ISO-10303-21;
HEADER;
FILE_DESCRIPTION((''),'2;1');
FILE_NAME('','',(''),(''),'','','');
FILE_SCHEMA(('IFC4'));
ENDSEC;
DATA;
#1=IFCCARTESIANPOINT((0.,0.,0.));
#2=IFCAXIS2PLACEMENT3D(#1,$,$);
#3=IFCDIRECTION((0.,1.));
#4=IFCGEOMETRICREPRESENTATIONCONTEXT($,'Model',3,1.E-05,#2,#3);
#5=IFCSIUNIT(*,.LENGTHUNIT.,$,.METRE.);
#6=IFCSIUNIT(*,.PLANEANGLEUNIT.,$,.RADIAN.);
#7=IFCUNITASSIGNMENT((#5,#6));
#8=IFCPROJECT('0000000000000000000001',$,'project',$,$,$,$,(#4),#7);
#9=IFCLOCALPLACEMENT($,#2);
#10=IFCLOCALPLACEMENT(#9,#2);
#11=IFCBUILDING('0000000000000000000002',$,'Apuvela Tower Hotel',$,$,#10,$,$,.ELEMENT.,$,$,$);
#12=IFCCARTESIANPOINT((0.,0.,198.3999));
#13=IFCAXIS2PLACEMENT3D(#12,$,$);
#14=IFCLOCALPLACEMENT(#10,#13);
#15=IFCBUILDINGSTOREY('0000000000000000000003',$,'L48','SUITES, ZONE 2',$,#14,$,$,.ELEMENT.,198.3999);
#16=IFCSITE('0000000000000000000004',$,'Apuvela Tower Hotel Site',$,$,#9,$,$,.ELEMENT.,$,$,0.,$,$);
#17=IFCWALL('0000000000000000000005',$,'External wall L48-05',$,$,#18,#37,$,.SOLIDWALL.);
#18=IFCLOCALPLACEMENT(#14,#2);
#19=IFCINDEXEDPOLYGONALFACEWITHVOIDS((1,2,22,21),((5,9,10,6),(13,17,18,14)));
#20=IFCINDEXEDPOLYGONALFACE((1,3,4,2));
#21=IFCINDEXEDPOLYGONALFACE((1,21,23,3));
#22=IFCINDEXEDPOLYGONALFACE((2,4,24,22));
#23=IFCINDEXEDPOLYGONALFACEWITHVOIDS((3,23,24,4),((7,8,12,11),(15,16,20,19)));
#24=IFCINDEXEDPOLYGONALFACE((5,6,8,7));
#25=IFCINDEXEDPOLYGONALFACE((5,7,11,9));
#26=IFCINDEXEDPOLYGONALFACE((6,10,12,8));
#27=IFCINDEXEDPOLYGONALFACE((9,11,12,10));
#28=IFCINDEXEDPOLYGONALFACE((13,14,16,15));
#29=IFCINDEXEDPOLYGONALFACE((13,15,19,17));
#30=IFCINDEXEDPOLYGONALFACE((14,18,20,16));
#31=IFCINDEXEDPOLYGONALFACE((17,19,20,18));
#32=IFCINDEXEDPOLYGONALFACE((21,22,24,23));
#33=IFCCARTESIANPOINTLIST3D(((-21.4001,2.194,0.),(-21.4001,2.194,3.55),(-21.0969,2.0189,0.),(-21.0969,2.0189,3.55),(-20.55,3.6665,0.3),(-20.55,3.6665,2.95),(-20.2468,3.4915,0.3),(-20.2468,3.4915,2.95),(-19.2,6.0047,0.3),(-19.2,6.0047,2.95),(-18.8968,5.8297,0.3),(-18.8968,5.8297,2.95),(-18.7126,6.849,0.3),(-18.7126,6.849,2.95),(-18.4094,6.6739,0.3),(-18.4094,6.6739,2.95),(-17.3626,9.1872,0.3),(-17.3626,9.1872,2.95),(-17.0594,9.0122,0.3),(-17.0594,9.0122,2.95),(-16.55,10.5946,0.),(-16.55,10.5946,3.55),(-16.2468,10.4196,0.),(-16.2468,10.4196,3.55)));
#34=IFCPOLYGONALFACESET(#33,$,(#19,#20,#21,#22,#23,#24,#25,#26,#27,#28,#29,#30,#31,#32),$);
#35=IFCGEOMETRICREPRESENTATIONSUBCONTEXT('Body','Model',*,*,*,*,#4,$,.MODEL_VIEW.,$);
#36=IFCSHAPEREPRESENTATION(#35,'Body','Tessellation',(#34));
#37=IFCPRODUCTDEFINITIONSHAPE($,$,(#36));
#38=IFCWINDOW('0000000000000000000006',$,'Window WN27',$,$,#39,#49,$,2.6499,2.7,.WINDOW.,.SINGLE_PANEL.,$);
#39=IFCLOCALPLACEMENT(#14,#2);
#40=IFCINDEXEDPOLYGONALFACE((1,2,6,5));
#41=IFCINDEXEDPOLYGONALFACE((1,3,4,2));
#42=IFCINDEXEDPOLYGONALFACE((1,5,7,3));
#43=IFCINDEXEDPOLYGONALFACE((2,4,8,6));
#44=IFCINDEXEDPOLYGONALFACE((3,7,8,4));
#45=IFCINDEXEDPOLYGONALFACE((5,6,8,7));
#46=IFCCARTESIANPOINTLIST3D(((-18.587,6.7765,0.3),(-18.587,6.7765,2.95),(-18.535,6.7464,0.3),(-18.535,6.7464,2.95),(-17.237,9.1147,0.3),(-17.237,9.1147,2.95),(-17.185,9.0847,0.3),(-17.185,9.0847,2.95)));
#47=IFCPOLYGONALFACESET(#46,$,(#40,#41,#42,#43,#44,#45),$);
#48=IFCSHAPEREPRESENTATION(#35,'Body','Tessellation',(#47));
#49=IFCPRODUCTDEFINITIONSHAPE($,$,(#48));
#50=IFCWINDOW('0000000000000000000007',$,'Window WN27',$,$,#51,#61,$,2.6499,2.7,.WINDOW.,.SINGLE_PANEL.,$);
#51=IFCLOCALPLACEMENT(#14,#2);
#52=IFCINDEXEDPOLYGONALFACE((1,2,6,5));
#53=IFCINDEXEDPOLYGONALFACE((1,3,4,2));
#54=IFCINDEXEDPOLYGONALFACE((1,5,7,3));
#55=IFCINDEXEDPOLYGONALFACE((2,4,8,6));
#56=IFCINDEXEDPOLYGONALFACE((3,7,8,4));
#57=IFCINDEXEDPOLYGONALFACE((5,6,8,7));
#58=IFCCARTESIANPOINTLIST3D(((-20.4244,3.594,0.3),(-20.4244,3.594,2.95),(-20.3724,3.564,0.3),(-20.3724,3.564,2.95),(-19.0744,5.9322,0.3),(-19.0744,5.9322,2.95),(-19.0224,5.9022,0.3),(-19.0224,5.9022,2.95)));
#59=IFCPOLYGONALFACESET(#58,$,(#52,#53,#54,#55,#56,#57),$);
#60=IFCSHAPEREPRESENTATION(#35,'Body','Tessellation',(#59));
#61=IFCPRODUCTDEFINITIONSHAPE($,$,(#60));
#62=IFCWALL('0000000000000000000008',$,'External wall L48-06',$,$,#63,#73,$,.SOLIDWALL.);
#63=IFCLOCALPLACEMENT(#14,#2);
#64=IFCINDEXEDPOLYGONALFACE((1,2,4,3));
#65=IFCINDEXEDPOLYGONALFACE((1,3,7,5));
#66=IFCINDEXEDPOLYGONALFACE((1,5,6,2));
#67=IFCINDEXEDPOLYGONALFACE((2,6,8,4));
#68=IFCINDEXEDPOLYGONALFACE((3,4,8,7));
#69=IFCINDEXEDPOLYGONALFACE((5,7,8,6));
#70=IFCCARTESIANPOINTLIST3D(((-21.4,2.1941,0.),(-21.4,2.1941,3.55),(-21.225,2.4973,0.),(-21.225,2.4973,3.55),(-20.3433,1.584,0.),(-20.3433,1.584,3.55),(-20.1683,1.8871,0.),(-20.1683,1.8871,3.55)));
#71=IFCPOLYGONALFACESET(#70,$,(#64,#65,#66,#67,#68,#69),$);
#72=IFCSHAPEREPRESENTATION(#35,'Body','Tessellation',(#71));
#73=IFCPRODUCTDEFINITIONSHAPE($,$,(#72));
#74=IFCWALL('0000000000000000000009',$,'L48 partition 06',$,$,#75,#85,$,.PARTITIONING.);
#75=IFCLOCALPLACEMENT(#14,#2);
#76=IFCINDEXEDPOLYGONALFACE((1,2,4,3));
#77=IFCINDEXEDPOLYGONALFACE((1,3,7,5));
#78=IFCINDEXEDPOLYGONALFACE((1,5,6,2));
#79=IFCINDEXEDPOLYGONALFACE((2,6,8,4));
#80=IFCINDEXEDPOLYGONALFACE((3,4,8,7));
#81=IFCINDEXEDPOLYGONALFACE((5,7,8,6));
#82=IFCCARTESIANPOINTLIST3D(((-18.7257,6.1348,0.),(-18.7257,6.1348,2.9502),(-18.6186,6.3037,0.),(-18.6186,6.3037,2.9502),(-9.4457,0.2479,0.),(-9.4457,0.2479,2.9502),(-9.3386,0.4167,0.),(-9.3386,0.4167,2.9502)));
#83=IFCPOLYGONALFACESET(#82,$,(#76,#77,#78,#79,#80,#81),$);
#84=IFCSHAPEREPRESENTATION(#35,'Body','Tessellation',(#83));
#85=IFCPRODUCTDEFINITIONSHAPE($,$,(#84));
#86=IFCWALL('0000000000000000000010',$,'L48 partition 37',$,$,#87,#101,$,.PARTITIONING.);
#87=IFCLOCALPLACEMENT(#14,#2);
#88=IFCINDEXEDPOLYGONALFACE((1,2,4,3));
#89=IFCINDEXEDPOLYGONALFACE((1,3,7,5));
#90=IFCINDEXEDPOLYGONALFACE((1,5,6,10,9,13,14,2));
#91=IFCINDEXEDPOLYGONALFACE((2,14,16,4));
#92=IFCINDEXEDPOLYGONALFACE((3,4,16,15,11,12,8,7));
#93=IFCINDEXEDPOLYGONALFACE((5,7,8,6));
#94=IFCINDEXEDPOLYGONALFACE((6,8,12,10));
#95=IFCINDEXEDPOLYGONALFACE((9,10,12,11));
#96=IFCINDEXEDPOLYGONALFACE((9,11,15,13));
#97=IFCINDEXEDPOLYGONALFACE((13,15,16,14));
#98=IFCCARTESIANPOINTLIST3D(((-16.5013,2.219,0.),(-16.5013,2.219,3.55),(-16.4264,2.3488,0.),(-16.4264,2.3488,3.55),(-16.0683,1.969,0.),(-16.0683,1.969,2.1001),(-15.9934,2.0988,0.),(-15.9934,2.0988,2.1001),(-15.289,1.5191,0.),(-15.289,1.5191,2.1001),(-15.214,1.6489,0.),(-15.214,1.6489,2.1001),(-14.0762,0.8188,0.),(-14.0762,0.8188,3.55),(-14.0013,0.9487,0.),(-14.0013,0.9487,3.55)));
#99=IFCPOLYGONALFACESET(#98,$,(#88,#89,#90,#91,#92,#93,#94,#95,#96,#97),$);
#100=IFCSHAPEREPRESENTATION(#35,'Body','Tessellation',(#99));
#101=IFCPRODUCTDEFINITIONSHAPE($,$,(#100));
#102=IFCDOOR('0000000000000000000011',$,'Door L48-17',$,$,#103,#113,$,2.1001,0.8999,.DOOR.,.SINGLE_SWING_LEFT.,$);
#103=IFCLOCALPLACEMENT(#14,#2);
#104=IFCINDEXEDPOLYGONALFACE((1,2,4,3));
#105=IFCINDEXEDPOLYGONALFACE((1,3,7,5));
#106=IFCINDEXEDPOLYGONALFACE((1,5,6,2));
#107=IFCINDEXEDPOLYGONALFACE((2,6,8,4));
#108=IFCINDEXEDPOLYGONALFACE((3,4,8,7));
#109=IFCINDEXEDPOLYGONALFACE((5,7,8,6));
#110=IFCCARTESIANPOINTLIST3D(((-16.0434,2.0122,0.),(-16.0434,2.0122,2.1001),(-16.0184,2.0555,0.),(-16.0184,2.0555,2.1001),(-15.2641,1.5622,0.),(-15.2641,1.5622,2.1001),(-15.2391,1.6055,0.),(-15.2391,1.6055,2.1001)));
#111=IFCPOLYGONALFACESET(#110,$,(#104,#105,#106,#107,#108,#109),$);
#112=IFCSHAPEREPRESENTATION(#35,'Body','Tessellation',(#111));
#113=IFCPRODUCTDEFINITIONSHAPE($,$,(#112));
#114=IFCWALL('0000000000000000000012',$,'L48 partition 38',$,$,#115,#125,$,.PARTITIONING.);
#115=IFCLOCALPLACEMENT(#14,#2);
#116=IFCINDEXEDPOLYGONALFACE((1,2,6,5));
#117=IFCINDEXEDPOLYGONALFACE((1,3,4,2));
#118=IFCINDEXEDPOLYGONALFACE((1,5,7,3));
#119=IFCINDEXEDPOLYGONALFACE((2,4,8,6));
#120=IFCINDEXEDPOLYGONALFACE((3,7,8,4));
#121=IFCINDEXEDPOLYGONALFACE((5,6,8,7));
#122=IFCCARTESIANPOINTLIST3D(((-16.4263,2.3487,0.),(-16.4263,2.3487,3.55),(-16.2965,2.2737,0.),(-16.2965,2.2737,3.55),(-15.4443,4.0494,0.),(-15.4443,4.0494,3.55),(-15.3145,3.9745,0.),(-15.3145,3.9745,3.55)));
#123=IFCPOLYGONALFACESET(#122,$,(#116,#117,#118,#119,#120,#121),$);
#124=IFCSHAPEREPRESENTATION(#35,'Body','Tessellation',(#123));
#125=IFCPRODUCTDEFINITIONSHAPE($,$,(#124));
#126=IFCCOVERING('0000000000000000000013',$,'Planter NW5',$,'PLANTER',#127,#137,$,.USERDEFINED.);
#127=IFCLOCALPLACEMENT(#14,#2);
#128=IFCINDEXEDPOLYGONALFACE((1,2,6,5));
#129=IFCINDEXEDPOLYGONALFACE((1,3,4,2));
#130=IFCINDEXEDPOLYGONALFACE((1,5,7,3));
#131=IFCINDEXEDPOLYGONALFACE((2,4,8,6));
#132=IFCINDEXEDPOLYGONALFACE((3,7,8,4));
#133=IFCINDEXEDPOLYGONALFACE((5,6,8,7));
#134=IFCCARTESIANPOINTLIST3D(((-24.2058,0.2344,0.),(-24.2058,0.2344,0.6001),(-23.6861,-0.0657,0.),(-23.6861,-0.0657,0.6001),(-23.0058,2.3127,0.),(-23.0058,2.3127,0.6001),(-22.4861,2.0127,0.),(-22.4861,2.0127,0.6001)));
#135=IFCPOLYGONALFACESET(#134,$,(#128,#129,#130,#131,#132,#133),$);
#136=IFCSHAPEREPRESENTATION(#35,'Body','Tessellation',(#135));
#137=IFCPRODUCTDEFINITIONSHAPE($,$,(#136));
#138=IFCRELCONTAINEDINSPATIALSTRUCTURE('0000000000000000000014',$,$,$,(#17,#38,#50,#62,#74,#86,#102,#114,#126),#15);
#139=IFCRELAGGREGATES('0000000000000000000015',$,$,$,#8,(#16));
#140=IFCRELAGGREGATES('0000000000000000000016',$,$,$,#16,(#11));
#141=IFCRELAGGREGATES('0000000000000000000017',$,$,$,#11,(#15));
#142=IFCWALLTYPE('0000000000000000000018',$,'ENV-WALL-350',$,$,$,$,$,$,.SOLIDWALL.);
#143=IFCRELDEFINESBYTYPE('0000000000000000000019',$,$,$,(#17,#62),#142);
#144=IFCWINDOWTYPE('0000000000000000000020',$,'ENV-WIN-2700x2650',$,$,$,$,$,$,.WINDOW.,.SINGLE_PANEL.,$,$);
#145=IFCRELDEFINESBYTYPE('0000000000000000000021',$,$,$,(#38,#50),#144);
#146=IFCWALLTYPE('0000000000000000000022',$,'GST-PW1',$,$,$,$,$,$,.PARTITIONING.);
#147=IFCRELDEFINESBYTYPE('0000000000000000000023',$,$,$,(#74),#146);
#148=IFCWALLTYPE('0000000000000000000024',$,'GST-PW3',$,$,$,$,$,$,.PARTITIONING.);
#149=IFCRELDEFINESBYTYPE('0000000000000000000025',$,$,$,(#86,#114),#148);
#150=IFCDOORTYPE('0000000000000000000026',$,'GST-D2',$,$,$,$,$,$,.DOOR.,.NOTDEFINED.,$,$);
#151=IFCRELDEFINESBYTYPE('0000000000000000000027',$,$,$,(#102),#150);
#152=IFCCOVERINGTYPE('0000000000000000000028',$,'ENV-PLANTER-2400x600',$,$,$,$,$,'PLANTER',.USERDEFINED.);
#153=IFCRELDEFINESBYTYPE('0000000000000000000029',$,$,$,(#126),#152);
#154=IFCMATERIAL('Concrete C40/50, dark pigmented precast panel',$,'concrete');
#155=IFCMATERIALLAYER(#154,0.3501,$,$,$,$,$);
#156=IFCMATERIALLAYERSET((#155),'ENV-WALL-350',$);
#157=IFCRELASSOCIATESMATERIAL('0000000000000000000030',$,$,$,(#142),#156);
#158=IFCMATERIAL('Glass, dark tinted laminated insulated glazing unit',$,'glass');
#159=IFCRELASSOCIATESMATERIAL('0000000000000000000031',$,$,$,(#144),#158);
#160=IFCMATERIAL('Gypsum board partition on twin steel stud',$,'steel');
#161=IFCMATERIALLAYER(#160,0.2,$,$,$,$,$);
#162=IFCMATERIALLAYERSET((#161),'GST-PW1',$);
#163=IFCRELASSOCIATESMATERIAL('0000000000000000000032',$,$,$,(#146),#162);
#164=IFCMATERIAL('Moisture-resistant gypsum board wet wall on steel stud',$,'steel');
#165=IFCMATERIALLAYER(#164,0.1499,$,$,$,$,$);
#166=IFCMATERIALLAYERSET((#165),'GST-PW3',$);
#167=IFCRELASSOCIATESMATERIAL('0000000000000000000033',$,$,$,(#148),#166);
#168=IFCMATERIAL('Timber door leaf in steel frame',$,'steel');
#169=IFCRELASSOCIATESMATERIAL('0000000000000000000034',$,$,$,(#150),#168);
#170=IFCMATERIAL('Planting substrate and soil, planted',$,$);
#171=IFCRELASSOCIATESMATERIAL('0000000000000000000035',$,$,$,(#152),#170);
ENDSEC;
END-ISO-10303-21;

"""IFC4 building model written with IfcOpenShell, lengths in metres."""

from ifc_helpers import new_model, si_unit, direction, frame, frame_2d, origin, origin_2d, place, context, subcontext, project, spatial, rectangle, extrude, material, layer, layer_set, type_object, element, fill, save


model = new_model("IFC4")

# Units and contexts
model_context = context("Model", 3, precision=1e-05, world=origin(), true_north=direction((0.0, 1.0)))
body_context = subcontext(model_context, "Body", "Model", "MODEL_VIEW")
ifc_project = project(units=[si_unit("LENGTHUNIT", "METRE"), si_unit("PLANEANGLEUNIT", "RADIAN")], contexts=[model_context])

# Site, building, storey
site_placement = place(None, origin())
site = spatial("IfcSite", under=ifc_project, at=site_placement, Name="Apuvela Tower Hotel Site", CompositionType="ELEMENT", RefElevation=0.0)
building_placement = place(site_placement, origin())
building = spatial("IfcBuilding", under=site, at=building_placement, Name="Apuvela Tower Hotel", CompositionType="ELEMENT")
storey_placement = place(building_placement, frame((0.0, 0.0, 198.3999)))
storey = spatial("IfcBuildingStorey", under=building, at=storey_placement, Name="L48", Description="SUITES, ZONE 2", CompositionType="ELEMENT", Elevation=198.3999)

# Shared definitions
ifc_material_1 = material(Name="Concrete C40/50, dark pigmented precast panel", Category="concrete")
ifc_layer_1 = layer(ifc_material_1, 0.3501)
ifc_layer_set_1 = layer_set([ifc_layer_1], Name="ENV-WALL-350")
wall_type_1 = type_object("IfcWallType", Name="ENV-WALL-350", PredefinedType="SOLIDWALL", material=ifc_layer_set_1)

# Wall, openings, windows
wall_1_placement = place(storey_placement, frame((-16.3984, 10.5071, 0.0), z_axis=(0.0, 0.0, 1.0), x_axis=(-0.499999, -0.866026, 0.0)))
wall_1 = element("IfcWall", 1, at=wall_1_placement, inside=storey, type_object=wall_type_1, Name="External wall L48-05", PredefinedType="SOLIDWALL", context=body_context, shape_type="SweptSolid", body=[
    extrude(rectangle(XDim=9.7002, YDim=0.3501, at=frame_2d((4.8501, 0.0))), origin(), (0.0, 0.0, 1.0), 3.55),
])
opening_1_placement = place(wall_1_placement, frame((1.625, 0.0, 0.3)))
opening_1 = element("IfcOpeningElement", 2, at=opening_1_placement, cuts=wall_1, PredefinedType="OPENING", context=body_context, shape_type="SweptSolid", body=[
    extrude(rectangle(XDim=2.7, YDim=2.6499, at=frame_2d((1.3501, 1.325))), frame((0.0, 0.1851, 0.0), z_axis=(0.0, -1.0, 0.0), x_axis=(1.0, 0.0, 0.0)), (0.0, 0.0, 1.0), 0.3701),
])
opening_2_placement = place(wall_1_placement, frame((5.2998, 0.0, 0.3)))
opening_2 = element("IfcOpeningElement", 3, at=opening_2_placement, cuts=wall_1, PredefinedType="OPENING", context=body_context, shape_type="SweptSolid", body=[
    extrude(rectangle(XDim=2.7, YDim=2.6499, at=frame_2d((1.3501, 1.325))), frame((0.0, 0.1851, 0.0), z_axis=(0.0, -1.0, 0.0), x_axis=(1.0, 0.0, 0.0)), (0.0, 0.0, 1.0), 0.3701),
])
ifc_material_2 = material(Name="Glass, dark tinted laminated insulated glazing unit", Category="glass")
window_type_1 = type_object("IfcWindowType", Name="ENV-WIN-2700x2650", PartitioningType="SINGLE_PANEL", PredefinedType="WINDOW", material=ifc_material_2)
window_1_placement = place(opening_1_placement, origin())
window_1 = element("IfcWindow", 4, at=window_1_placement, inside=storey, type_object=window_type_1, Name="Window WN27", OverallHeight=2.6499, OverallWidth=2.7, PartitioningType="SINGLE_PANEL", PredefinedType="WINDOW", context=body_context, shape_type="SweptSolid", body=[
    extrude(rectangle(XDim=2.7, YDim=2.6499, at=frame_2d((1.3501, 1.325))), frame((0.0, 0.03, 0.0), z_axis=(0.0, -1.0, 0.0), x_axis=(1.0, 0.0, 0.0)), (0.0, 0.0, 1.0), 0.0601),
])
fill(opening_1, window_1)
window_2_placement = place(opening_2_placement, origin())
window_2 = element("IfcWindow", 5, at=window_2_placement, inside=storey, type_object=window_type_1, Name="Window WN27", OverallHeight=2.6499, OverallWidth=2.7, PartitioningType="SINGLE_PANEL", PredefinedType="WINDOW", context=body_context, shape_type="SweptSolid", body=[
    extrude(rectangle(XDim=2.7, YDim=2.6499, at=frame_2d((1.3501, 1.325))), frame((0.0, 0.03, 0.0), z_axis=(0.0, -1.0, 0.0), x_axis=(1.0, 0.0, 0.0)), (0.0, 0.0, 1.0), 0.0601),
])
fill(opening_2, window_2)

# Wall
wall_2_placement = place(storey_placement, frame((-21.3125, 2.3457, 0.0), z_axis=(0.0, 0.0, 1.0), x_axis=(0.866006, -0.500034, 0.0)))
element("IfcWall", 6, at=wall_2_placement, inside=storey, type_object=wall_type_1, Name="External wall L48-06", PredefinedType="SOLIDWALL", context=body_context, shape_type="SweptSolid", body=[
    extrude(rectangle(XDim=1.2202, YDim=0.3501, at=frame_2d((0.6101, 0.0))), origin(), (0.0, 0.0, 1.0), 3.55),
])

# Wall
ifc_material_3 = material(Name="Gypsum board partition on twin steel stud", Category="steel")
ifc_layer_2 = layer(ifc_material_3, 0.2)
ifc_layer_set_2 = layer_set([ifc_layer_2], Name="GST-PW1")
wall_type_2 = type_object("IfcWallType", Name="GST-PW1", PredefinedType="PARTITIONING", material=ifc_layer_set_2)
wall_3_placement = place(storey_placement, frame((-18.6721, 6.2192, 0.0), z_axis=(0.0, 0.0, 1.0), x_axis=(0.844424, -0.535676, 0.0)))
element("IfcWall", 7, at=wall_3_placement, inside=storey, type_object=wall_type_2, Name="L48 partition 06", PredefinedType="PARTITIONING", context=body_context, shape_type="SweptSolid", body=[
    extrude(rectangle(XDim=10.9897, YDim=0.2, at=frame_2d((5.4949, 0.0))), origin(), (0.0, 0.0, 1.0), 2.9502),
])

# Wall, opening, door
ifc_material_4 = material(Name="Moisture-resistant gypsum board wet wall on steel stud", Category="steel")
ifc_layer_3 = layer(ifc_material_4, 0.1499)
ifc_layer_set_3 = layer_set([ifc_layer_3], Name="GST-PW3")
wall_type_3 = type_object("IfcWallType", Name="GST-PW3", PredefinedType="PARTITIONING", material=ifc_layer_set_3)
wall_4_placement = place(storey_placement, frame((-16.4639, 2.2839, 0.0), z_axis=(0.0, 0.0, 1.0), x_axis=(0.866019, -0.500012, 0.0)))
wall_4 = element("IfcWall", 8, at=wall_4_placement, inside=storey, type_object=wall_type_3, Name="L48 partition 37", PredefinedType="PARTITIONING", context=body_context, shape_type="SweptSolid", body=[
    extrude(rectangle(XDim=2.8003, YDim=0.1499, at=frame_2d((1.4001, 0.0))), origin(), (0.0, 0.0, 1.0), 3.55),
])
opening_3_placement = place(wall_4_placement, frame((0.5, 0.0, 0.0)))
opening_3 = element("IfcOpeningElement", 9, at=opening_3_placement, cuts=wall_4, PredefinedType="OPENING", context=body_context, shape_type="SweptSolid", body=[
    extrude(rectangle(XDim=0.8999, YDim=2.1001, at=frame_2d((0.45, 1.05))), frame((0.0, 0.085, 0.0), z_axis=(0.0, -1.0, 0.0), x_axis=(1.0, 0.0, 0.0)), (0.0, 0.0, 1.0), 0.1699),
])
ifc_material_5 = material(Name="Timber door leaf in steel frame", Category="steel")
door_type_1 = type_object("IfcDoorType", Name="GST-D2", OperationType="NOTDEFINED", PredefinedType="DOOR", material=ifc_material_5)
door_1_placement = place(opening_3_placement, origin())
door_1 = element("IfcDoor", 10, at=door_1_placement, inside=storey, type_object=door_type_1, Name="Door L48-17", OperationType="SINGLE_SWING_LEFT", OverallHeight=2.1001, OverallWidth=0.8999, PredefinedType="DOOR", context=body_context, shape_type="SweptSolid", body=[
    extrude(rectangle(XDim=0.8999, YDim=2.1001, at=frame_2d((0.45, 1.05))), frame((0.0, 0.0249, 0.0), z_axis=(0.0, -1.0, 0.0), x_axis=(1.0, 0.0, 0.0)), (0.0, 0.0, 1.0), 0.05),
])
fill(opening_3, door_1)

# Wall
wall_5_placement = place(storey_placement, frame((-15.3794, 4.012, 0.0), z_axis=(0.0, 0.0, 1.0), x_axis=(-0.500017, -0.866016, 0.0)))
element("IfcWall", 11, at=wall_5_placement, inside=storey, type_object=wall_type_3, Name="L48 partition 38", PredefinedType="PARTITIONING", context=body_context, shape_type="SweptSolid", body=[
    extrude(rectangle(XDim=1.9639, YDim=0.1499, at=frame_2d((0.9819, 0.0))), origin(), (0.0, 0.0, 1.0), 3.55),
])

# Covering
ifc_material_6 = material(Name="Planting substrate and soil, planted")
covering_type = type_object("IfcCoveringType", Name="ENV-PLANTER-2400x600", ElementType="PLANTER", PredefinedType="USERDEFINED", material=ifc_material_6)
covering_placement = place(storey_placement, frame((-23.3459, 1.1235, 0.0), z_axis=(0.0, 0.0, 1.0), x_axis=(-0.5, -0.866025, 0.0)))
element("IfcCovering", 12, at=covering_placement, inside=storey, type_object=covering_type, Name="Planter NW5", ObjectType="PLANTER", PredefinedType="USERDEFINED", context=body_context, shape_type="SweptSolid", body=[
    extrude(rectangle(XDim=2.3999, YDim=0.6001, at=origin_2d()), origin(), (0.0, 0.0, 1.0), 0.6001),
])

save(model, "model.ifc")
